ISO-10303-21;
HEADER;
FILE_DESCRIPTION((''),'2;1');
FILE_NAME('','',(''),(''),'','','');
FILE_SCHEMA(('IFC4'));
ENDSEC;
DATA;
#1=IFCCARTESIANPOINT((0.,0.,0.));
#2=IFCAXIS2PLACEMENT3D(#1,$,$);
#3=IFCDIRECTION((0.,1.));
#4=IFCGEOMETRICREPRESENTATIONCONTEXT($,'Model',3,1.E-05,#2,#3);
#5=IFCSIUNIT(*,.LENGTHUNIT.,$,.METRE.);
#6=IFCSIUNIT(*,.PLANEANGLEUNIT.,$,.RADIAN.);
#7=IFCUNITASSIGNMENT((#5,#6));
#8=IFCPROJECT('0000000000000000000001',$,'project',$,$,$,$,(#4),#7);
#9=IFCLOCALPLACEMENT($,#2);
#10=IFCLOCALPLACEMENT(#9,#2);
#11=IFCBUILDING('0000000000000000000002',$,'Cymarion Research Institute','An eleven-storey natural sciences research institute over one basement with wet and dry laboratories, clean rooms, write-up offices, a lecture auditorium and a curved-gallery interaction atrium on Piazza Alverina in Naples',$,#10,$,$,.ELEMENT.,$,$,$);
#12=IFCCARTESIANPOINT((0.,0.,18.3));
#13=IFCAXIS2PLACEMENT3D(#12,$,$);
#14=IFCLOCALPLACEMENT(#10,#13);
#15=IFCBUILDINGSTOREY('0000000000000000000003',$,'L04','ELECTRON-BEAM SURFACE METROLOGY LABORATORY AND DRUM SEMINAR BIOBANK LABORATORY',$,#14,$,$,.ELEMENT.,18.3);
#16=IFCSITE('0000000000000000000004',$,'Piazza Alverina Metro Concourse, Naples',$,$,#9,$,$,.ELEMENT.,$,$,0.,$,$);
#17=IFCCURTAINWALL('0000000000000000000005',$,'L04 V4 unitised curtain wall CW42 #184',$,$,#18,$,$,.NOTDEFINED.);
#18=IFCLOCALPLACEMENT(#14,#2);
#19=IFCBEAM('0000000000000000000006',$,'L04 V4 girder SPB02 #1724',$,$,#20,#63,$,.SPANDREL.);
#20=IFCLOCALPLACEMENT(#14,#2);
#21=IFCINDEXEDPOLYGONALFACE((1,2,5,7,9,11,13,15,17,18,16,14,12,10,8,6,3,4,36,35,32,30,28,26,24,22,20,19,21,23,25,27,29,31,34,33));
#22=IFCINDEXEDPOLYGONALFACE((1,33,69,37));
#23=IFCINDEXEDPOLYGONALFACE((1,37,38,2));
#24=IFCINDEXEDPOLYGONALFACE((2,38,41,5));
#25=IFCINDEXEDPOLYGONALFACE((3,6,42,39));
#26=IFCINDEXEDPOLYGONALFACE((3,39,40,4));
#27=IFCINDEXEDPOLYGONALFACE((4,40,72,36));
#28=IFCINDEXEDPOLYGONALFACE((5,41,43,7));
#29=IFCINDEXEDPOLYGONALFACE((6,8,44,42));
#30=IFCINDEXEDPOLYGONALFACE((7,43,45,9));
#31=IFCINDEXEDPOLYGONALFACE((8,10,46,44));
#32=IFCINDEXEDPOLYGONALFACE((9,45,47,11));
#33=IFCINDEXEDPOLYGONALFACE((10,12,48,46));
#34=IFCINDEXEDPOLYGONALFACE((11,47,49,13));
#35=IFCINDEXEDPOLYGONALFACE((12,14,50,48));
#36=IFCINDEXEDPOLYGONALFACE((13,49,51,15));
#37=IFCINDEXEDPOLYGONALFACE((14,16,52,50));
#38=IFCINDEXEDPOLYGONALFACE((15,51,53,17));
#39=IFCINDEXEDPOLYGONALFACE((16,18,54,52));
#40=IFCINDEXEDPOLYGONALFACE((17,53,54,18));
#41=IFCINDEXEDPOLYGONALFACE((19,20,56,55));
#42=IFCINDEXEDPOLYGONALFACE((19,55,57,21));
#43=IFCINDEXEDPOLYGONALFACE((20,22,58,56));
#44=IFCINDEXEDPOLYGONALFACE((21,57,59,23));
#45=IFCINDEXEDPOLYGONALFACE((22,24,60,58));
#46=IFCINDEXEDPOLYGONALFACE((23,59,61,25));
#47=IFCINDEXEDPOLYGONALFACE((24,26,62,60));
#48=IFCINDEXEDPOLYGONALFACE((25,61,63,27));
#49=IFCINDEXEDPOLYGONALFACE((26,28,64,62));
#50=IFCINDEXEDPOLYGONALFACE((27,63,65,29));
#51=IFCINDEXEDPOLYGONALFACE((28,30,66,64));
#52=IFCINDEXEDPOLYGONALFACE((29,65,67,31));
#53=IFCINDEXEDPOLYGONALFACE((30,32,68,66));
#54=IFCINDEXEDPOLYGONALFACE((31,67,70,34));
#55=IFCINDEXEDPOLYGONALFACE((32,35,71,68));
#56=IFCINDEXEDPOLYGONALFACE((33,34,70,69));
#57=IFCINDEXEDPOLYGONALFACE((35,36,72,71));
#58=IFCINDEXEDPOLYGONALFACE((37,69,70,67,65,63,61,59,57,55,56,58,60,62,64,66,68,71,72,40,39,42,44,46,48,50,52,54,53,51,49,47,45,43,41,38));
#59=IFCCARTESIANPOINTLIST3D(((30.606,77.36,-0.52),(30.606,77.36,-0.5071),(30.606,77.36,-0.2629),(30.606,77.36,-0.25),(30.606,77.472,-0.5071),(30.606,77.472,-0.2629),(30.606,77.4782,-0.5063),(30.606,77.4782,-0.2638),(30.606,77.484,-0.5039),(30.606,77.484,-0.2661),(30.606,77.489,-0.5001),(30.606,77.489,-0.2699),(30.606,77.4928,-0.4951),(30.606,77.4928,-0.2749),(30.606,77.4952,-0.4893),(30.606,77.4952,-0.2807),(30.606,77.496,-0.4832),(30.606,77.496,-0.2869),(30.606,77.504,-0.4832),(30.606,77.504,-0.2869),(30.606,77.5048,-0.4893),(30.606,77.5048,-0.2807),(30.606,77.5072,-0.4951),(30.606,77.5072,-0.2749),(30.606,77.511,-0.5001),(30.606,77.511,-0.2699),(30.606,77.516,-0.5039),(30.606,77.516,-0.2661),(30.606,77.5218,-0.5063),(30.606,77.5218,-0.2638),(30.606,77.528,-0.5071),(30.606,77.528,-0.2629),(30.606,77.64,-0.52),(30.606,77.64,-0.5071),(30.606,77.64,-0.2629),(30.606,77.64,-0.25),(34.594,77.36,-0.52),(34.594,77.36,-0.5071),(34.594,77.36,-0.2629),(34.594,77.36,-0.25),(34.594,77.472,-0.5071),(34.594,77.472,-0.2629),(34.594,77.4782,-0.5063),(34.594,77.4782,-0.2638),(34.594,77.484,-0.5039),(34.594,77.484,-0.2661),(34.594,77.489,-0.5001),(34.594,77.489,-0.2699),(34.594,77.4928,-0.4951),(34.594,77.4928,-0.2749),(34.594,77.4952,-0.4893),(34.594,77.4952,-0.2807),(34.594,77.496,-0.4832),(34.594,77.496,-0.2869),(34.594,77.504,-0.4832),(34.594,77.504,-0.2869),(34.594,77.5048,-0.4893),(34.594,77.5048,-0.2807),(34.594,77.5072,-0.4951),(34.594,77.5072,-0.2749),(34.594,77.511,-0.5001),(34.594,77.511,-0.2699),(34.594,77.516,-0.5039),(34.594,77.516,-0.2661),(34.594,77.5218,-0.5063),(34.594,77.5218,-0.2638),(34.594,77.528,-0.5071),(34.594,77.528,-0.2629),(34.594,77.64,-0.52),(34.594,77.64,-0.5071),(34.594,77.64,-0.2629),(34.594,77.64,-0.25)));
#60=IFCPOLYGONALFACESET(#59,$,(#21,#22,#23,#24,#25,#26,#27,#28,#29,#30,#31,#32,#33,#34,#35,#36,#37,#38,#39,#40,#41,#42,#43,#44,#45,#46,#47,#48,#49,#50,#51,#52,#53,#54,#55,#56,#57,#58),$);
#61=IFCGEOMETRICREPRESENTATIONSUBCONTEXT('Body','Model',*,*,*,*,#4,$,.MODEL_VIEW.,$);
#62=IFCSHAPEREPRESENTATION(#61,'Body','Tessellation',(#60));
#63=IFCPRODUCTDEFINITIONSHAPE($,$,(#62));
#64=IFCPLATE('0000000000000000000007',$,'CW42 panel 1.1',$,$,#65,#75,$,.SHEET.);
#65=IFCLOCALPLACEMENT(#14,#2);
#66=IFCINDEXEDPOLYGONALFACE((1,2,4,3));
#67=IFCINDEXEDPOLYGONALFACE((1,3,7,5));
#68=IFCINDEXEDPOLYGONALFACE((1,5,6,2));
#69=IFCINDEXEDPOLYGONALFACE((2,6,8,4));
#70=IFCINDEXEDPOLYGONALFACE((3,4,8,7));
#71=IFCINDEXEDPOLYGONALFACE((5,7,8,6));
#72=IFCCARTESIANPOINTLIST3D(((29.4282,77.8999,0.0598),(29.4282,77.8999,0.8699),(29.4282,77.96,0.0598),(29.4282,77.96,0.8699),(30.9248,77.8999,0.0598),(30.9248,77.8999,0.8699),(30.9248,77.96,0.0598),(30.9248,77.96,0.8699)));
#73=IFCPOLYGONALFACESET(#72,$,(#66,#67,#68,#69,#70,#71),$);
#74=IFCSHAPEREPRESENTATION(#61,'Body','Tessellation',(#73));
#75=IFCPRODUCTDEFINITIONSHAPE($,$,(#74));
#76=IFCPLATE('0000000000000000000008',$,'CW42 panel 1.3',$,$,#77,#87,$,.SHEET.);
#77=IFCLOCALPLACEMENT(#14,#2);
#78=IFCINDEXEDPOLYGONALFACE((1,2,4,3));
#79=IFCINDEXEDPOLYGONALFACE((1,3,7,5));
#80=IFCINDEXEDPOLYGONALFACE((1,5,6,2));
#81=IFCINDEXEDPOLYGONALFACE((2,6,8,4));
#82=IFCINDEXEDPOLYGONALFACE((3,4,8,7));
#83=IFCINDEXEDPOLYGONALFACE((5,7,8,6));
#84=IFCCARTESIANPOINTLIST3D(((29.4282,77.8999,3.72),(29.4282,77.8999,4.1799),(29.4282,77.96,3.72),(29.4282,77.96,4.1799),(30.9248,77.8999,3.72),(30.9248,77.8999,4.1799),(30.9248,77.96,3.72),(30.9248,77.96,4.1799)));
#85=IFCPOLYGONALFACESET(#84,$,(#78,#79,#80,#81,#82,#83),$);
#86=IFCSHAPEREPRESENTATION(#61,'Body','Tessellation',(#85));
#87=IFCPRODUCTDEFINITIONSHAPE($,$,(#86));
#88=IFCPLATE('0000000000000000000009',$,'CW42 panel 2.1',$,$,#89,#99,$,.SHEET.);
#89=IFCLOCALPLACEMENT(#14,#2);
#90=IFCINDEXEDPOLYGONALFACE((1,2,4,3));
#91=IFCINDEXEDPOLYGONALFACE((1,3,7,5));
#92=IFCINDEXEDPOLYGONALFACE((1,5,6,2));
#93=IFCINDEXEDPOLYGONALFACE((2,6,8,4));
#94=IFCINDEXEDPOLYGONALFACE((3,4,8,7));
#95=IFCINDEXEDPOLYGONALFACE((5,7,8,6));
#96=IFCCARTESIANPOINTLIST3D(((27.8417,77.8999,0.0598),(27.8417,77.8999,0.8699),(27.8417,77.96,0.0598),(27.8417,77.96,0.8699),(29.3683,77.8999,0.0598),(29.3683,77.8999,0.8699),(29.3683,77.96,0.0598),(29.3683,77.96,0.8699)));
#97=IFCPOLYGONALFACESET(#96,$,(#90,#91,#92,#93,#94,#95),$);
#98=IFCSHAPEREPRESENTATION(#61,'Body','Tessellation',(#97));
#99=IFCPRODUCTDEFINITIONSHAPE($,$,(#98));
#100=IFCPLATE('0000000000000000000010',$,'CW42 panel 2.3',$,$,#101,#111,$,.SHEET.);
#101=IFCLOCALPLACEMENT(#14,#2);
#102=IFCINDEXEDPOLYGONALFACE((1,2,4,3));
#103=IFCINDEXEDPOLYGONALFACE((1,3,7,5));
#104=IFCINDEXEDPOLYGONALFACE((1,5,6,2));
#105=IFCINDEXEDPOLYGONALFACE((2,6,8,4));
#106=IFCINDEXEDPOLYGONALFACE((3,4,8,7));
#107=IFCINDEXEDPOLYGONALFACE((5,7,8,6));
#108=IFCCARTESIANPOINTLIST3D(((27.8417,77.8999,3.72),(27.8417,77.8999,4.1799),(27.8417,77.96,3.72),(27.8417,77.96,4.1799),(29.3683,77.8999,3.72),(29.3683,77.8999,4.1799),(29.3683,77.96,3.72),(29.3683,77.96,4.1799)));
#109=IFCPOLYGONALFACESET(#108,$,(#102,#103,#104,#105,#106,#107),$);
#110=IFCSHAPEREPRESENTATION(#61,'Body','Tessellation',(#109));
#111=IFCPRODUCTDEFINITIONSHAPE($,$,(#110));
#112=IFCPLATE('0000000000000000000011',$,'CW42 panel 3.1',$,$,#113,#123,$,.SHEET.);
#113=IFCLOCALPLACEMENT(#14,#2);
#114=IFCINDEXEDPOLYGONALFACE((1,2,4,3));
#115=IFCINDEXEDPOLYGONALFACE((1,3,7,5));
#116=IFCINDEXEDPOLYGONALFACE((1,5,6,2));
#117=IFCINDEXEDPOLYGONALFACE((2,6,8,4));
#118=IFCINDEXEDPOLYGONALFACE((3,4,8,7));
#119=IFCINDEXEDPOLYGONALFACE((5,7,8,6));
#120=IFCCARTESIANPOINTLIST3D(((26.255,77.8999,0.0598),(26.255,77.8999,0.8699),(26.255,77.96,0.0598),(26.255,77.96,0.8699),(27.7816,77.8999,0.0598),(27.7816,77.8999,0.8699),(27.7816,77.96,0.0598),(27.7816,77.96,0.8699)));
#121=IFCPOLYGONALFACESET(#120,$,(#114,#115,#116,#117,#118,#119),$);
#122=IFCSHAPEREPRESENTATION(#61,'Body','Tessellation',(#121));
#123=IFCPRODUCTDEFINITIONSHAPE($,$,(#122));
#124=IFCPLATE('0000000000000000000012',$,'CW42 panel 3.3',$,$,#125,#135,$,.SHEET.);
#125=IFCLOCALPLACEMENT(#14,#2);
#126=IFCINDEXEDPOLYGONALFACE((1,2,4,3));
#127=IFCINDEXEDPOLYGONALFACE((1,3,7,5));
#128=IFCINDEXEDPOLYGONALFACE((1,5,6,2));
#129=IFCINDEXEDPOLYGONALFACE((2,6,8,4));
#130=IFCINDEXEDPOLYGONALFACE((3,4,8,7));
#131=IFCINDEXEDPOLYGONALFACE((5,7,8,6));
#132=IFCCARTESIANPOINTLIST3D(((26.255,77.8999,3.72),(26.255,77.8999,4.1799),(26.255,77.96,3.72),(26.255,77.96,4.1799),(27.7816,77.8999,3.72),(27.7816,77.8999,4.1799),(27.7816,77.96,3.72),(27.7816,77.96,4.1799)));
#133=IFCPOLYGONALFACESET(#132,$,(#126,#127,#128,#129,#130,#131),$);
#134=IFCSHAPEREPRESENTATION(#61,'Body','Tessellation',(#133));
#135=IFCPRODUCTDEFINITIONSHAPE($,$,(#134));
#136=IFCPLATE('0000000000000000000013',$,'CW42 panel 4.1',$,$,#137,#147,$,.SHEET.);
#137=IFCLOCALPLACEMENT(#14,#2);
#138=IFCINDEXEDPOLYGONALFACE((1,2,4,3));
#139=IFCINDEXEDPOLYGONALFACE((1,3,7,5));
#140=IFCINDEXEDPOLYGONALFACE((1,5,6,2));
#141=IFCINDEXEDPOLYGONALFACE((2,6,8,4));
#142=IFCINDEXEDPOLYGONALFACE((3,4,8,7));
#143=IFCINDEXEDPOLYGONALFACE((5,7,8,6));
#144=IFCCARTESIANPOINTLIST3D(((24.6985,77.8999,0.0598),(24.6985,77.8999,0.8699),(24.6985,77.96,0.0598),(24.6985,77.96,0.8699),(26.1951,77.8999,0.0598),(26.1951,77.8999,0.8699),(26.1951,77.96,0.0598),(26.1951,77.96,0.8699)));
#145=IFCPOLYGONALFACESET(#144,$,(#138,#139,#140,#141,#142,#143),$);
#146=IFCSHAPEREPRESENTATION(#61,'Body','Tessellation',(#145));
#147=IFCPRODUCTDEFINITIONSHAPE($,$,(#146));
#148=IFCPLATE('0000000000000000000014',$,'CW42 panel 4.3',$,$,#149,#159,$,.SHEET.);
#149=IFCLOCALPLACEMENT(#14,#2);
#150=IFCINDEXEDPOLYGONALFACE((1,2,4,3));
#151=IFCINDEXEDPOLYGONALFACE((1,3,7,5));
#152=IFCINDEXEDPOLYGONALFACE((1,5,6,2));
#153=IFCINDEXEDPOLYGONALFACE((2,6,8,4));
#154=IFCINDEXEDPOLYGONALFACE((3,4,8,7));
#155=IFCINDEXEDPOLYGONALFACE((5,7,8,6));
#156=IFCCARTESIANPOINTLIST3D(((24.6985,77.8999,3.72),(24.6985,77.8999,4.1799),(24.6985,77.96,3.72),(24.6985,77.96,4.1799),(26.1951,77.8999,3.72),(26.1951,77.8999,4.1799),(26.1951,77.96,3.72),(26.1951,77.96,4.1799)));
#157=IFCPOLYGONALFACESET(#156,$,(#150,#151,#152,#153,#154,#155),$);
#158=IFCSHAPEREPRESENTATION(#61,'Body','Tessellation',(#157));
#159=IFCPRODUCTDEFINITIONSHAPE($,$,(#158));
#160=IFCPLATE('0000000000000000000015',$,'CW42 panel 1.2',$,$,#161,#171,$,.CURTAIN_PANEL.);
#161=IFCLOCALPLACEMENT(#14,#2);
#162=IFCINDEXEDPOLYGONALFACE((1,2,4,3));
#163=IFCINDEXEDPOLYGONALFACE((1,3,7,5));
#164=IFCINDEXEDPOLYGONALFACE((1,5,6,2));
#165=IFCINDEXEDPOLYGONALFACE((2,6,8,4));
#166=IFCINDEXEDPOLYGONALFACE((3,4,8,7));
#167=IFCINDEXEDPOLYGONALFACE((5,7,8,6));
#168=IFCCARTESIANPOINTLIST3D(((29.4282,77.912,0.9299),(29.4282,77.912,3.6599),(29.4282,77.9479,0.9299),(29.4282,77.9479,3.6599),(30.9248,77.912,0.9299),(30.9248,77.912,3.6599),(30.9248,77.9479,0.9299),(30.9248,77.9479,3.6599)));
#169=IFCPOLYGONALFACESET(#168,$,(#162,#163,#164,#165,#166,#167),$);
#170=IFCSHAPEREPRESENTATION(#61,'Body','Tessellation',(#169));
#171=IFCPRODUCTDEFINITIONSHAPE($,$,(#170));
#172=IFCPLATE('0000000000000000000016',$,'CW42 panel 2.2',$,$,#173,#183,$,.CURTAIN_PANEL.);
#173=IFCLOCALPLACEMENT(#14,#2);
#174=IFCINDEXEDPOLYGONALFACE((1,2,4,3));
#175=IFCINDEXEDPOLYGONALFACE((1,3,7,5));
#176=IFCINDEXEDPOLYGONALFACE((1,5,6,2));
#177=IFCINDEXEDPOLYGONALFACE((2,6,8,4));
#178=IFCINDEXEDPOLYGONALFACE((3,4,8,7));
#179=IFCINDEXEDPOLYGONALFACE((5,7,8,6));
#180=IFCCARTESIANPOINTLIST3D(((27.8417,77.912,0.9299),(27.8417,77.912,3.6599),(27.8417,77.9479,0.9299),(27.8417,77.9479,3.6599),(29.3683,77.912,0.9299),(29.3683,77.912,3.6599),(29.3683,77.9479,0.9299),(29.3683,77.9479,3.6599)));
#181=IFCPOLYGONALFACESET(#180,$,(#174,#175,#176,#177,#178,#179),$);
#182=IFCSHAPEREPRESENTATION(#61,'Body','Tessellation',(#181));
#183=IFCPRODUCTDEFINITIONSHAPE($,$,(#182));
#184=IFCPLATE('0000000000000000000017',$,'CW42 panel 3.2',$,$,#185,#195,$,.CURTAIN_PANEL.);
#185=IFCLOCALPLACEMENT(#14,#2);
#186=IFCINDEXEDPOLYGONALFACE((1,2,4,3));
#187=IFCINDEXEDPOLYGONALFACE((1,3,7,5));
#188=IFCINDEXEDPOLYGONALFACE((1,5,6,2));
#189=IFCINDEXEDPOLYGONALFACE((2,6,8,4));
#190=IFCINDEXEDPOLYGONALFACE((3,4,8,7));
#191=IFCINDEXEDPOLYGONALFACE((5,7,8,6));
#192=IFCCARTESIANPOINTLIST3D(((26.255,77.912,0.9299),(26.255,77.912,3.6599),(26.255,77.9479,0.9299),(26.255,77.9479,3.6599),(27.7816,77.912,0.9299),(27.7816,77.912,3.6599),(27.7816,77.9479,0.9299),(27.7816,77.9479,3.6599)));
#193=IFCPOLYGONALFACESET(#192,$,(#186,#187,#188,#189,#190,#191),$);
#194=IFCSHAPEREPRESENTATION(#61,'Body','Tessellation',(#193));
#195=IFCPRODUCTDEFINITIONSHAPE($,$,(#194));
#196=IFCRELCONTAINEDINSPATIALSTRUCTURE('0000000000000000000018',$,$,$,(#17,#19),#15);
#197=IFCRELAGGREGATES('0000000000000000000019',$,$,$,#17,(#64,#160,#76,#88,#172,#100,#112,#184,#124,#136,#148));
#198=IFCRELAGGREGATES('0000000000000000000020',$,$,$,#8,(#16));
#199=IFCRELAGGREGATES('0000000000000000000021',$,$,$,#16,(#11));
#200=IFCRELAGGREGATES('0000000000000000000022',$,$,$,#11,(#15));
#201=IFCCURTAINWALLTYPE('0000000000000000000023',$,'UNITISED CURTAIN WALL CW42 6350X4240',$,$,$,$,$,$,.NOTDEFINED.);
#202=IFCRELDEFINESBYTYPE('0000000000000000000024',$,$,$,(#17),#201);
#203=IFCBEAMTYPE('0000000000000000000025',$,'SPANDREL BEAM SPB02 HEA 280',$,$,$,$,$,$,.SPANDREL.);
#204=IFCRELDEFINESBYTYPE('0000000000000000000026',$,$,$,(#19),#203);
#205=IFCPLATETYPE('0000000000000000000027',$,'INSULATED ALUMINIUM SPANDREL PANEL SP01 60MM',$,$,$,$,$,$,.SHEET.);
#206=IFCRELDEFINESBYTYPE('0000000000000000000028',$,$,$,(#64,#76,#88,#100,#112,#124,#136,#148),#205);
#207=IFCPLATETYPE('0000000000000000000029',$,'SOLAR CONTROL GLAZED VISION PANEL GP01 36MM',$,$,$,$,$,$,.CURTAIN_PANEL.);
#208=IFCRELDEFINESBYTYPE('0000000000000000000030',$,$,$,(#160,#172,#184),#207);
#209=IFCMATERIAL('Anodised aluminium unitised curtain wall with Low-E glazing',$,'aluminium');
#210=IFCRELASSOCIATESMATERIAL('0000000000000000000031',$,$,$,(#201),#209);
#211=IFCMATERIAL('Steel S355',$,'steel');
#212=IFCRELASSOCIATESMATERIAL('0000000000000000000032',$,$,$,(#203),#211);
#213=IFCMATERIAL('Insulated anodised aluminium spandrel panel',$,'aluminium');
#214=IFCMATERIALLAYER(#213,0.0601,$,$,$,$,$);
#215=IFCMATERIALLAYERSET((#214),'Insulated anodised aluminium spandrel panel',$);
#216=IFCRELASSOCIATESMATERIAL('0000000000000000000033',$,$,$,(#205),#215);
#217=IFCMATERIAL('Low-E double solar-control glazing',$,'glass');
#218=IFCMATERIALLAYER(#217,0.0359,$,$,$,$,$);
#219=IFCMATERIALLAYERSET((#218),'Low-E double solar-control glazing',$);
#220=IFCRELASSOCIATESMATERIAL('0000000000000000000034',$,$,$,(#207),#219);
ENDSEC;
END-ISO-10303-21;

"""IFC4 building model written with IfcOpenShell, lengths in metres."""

from ifc_helpers import new_model, si_unit, direction, frame, origin, origin_2d, place, context, subcontext, project, spatial, rectangle, i_section, extrude, material, layer, layer_set, material_profile, profile_set, type_object, element, aggregate, save


model = new_model("IFC4")

# Units and contexts
model_context = context("Model", 3, precision=1e-05, world=origin(), true_north=direction((0.0, 1.0)))
body_context = subcontext(model_context, "Body", "Model", "MODEL_VIEW")
ifc_project = project(units=[si_unit("LENGTHUNIT", "METRE"), si_unit("PLANEANGLEUNIT", "RADIAN")], contexts=[model_context])

# Site, building, storey
site_placement = place(None, origin())
site = spatial("IfcSite", under=ifc_project, at=site_placement, Name="Piazza Alverina Metro Concourse, Naples", CompositionType="ELEMENT", RefElevation=0.0)
building_placement = place(site_placement, origin())
building = spatial("IfcBuilding", under=site, at=building_placement, Name="Cymarion Research Institute", Description="An eleven-storey natural sciences research institute over one basement with wet and dry laboratories, clean rooms, write-up offices, a lecture auditorium and a curved-gallery interaction atrium on Piazza Alverina in Naples", CompositionType="ELEMENT")
storey_placement = place(building_placement, frame((0.0, 0.0, 18.3)))
storey = spatial("IfcBuildingStorey", under=building, at=storey_placement, Name="L04", Description="ELECTRON-BEAM SURFACE METROLOGY LABORATORY AND DRUM SEMINAR BIOBANK LABORATORY", CompositionType="ELEMENT", Elevation=18.3)

# Curtain wall
ifc_material_1 = material(Name="Anodised aluminium unitised curtain wall with Low-E glazing", Category="aluminium")
curtain_wall_type = type_object("IfcCurtainWallType", Name="UNITISED CURTAIN WALL CW42 6350X4240", PredefinedType="NOTDEFINED", material=ifc_material_1)
curtain_wall_placement = place(storey_placement, origin())
curtain_wall = element("IfcCurtainWall", 1, at=curtain_wall_placement, inside=storey, type_object=curtain_wall_type, Name="L04 V4 unitised curtain wall CW42 #184", PredefinedType="NOTDEFINED")

# Beam
ifc_material_2 = material(Name="Steel S355", Category="steel")
ifc_material_profile_1 = material_profile(ifc_material_2, i_section(OverallWidth=0.28, OverallDepth=0.27, WebThickness=0.0081, FlangeThickness=0.0129, FilletRadius=0.0239, at=origin_2d()), Name="HEA 280")
ifc_profile_set_1 = profile_set([ifc_material_profile_1], Name="Steel S355")
beam_type_1 = type_object("IfcBeamType", Name="SPANDREL BEAM SPB02 HEA 280", PredefinedType="SPANDREL", material=ifc_profile_set_1)
beam_1_placement = place(storey_placement, frame((30.606, 77.5, -0.385), z_axis=(1.0, 0.0, 0.0), x_axis=(0.0, 1.0, 0.0)))
element("IfcBeam", 2, at=beam_1_placement, inside=storey, type_object=beam_type_1, Name="L04 V4 girder SPB02 #1724", PredefinedType="SPANDREL", context=body_context, shape_type="SweptSolid", body=[
    extrude(i_section(OverallWidth=0.28, OverallDepth=0.27, WebThickness=0.0081, FlangeThickness=0.0129, FilletRadius=0.0239, at=origin_2d()), origin(), (0.0, 0.0, 1.0), 3.988),
])

# Plates
ifc_material_3 = material(Name="Insulated anodised aluminium spandrel panel", Category="aluminium")
ifc_layer_1 = layer(ifc_material_3, 0.0601)
ifc_layer_set_1 = layer_set([ifc_layer_1], Name="Insulated anodised aluminium spandrel panel")
plate_type_1 = type_object("IfcPlateType", Name="INSULATED ALUMINIUM SPANDREL PANEL SP01 60MM", PredefinedType="SHEET", material=ifc_layer_set_1)
plate_1_placement = place(storey_placement, frame((30.1765, 77.9299, 0.0598), z_axis=(0.0, 0.0, 1.0), x_axis=(-1.0, 0.0, 0.0)))
plate_1 = element("IfcPlate", 3, at=plate_1_placement, type_object=plate_type_1, Name="CW42 panel 1.1", PredefinedType="SHEET", context=body_context, shape_type="SweptSolid", body=[
    extrude(rectangle(XDim=1.4966, YDim=0.0601, at=origin_2d()), origin(), (0.0, 0.0, 1.0), 0.8101),
])
plate_2_placement = place(storey_placement, frame((30.1765, 77.9299, 3.72), z_axis=(0.0, 0.0, 1.0), x_axis=(-1.0, 0.0, 0.0)))
plate_2 = element("IfcPlate", 4, at=plate_2_placement, type_object=plate_type_1, Name="CW42 panel 1.3", PredefinedType="SHEET", context=body_context, shape_type="SweptSolid", body=[
    extrude(rectangle(XDim=1.4966, YDim=0.0601, at=origin_2d()), origin(), (0.0, 0.0, 1.0), 0.46),
])
plate_3_placement = place(storey_placement, frame((28.605, 77.9299, 0.0598), z_axis=(0.0, 0.0, 1.0), x_axis=(-1.0, 0.0, 0.0)))
plate_3 = element("IfcPlate", 5, at=plate_3_placement, type_object=plate_type_1, Name="CW42 panel 2.1", PredefinedType="SHEET", context=body_context, shape_type="SweptSolid", body=[
    extrude(rectangle(XDim=1.5266, YDim=0.0601, at=origin_2d()), origin(), (0.0, 0.0, 1.0), 0.8101),
])
plate_4_placement = place(storey_placement, frame((28.605, 77.9299, 3.72), z_axis=(0.0, 0.0, 1.0), x_axis=(-1.0, 0.0, 0.0)))
plate_4 = element("IfcPlate", 6, at=plate_4_placement, type_object=plate_type_1, Name="CW42 panel 2.3", PredefinedType="SHEET", context=body_context, shape_type="SweptSolid", body=[
    extrude(rectangle(XDim=1.5266, YDim=0.0601, at=origin_2d()), origin(), (0.0, 0.0, 1.0), 0.46),
])
plate_5_placement = place(storey_placement, frame((27.0183, 77.9299, 0.0598), z_axis=(0.0, 0.0, 1.0), x_axis=(-1.0, 0.0, 0.0)))
plate_5 = element("IfcPlate", 7, at=plate_5_placement, type_object=plate_type_1, Name="CW42 panel 3.1", PredefinedType="SHEET", context=body_context, shape_type="SweptSolid", body=[
    extrude(rectangle(XDim=1.5266, YDim=0.0601, at=origin_2d()), origin(), (0.0, 0.0, 1.0), 0.8101),
])
plate_6_placement = place(storey_placement, frame((27.0183, 77.9299, 3.72), z_axis=(0.0, 0.0, 1.0), x_axis=(-1.0, 0.0, 0.0)))
plate_6 = element("IfcPlate", 8, at=plate_6_placement, type_object=plate_type_1, Name="CW42 panel 3.3", PredefinedType="SHEET", context=body_context, shape_type="SweptSolid", body=[
    extrude(rectangle(XDim=1.5266, YDim=0.0601, at=origin_2d()), origin(), (0.0, 0.0, 1.0), 0.46),
])
plate_7_placement = place(storey_placement, frame((25.4468, 77.9299, 0.0598), z_axis=(0.0, 0.0, 1.0), x_axis=(-1.0, 0.0, 0.0)))
plate_7 = element("IfcPlate", 9, at=plate_7_placement, type_object=plate_type_1, Name="CW42 panel 4.1", PredefinedType="SHEET", context=body_context, shape_type="SweptSolid", body=[
    extrude(rectangle(XDim=1.4966, YDim=0.0601, at=origin_2d()), origin(), (0.0, 0.0, 1.0), 0.8101),
])
plate_8_placement = place(storey_placement, frame((25.4468, 77.9299, 3.72), z_axis=(0.0, 0.0, 1.0), x_axis=(-1.0, 0.0, 0.0)))
plate_8 = element("IfcPlate", 10, at=plate_8_placement, type_object=plate_type_1, Name="CW42 panel 4.3", PredefinedType="SHEET", context=body_context, shape_type="SweptSolid", body=[
    extrude(rectangle(XDim=1.4966, YDim=0.0601, at=origin_2d()), origin(), (0.0, 0.0, 1.0), 0.46),
])
ifc_material_4 = material(Name="Low-E double solar-control glazing", Category="glass")
ifc_layer_2 = layer(ifc_material_4, 0.0359)
ifc_layer_set_2 = layer_set([ifc_layer_2], Name="Low-E double solar-control glazing")
plate_type_2 = type_object("IfcPlateType", Name="SOLAR CONTROL GLAZED VISION PANEL GP01 36MM", PredefinedType="CURTAIN_PANEL", material=ifc_layer_set_2)
plate_9_placement = place(storey_placement, frame((30.1765, 77.9299, 0.9299), z_axis=(0.0, 0.0, 1.0), x_axis=(-1.0, 0.0, 0.0)))
plate_9 = element("IfcPlate", 11, at=plate_9_placement, type_object=plate_type_2, Name="CW42 panel 1.2", PredefinedType="CURTAIN_PANEL", context=body_context, shape_type="SweptSolid", body=[
    extrude(rectangle(XDim=1.4966, YDim=0.0359, at=origin_2d()), origin(), (0.0, 0.0, 1.0), 2.73),
])
plate_10_placement = place(storey_placement, frame((28.605, 77.9299, 0.9299), z_axis=(0.0, 0.0, 1.0), x_axis=(-1.0, 0.0, 0.0)))
plate_10 = element("IfcPlate", 12, at=plate_10_placement, type_object=plate_type_2, Name="CW42 panel 2.2", PredefinedType="CURTAIN_PANEL", context=body_context, shape_type="SweptSolid", body=[
    extrude(rectangle(XDim=1.5266, YDim=0.0359, at=origin_2d()), origin(), (0.0, 0.0, 1.0), 2.73),
])
plate_11_placement = place(storey_placement, frame((27.0183, 77.9299, 0.9299), z_axis=(0.0, 0.0, 1.0), x_axis=(-1.0, 0.0, 0.0)))
plate_11 = element("IfcPlate", 13, at=plate_11_placement, type_object=plate_type_2, Name="CW42 panel 3.2", PredefinedType="CURTAIN_PANEL", context=body_context, shape_type="SweptSolid", body=[
    extrude(rectangle(XDim=1.5266, YDim=0.0359, at=origin_2d()), origin(), (0.0, 0.0, 1.0), 2.73),
])
aggregate(curtain_wall, [plate_1, plate_9, plate_2, plate_3, plate_10, plate_4, plate_5, plate_11, plate_6, plate_7, plate_8])

save(model, "model.ifc")
